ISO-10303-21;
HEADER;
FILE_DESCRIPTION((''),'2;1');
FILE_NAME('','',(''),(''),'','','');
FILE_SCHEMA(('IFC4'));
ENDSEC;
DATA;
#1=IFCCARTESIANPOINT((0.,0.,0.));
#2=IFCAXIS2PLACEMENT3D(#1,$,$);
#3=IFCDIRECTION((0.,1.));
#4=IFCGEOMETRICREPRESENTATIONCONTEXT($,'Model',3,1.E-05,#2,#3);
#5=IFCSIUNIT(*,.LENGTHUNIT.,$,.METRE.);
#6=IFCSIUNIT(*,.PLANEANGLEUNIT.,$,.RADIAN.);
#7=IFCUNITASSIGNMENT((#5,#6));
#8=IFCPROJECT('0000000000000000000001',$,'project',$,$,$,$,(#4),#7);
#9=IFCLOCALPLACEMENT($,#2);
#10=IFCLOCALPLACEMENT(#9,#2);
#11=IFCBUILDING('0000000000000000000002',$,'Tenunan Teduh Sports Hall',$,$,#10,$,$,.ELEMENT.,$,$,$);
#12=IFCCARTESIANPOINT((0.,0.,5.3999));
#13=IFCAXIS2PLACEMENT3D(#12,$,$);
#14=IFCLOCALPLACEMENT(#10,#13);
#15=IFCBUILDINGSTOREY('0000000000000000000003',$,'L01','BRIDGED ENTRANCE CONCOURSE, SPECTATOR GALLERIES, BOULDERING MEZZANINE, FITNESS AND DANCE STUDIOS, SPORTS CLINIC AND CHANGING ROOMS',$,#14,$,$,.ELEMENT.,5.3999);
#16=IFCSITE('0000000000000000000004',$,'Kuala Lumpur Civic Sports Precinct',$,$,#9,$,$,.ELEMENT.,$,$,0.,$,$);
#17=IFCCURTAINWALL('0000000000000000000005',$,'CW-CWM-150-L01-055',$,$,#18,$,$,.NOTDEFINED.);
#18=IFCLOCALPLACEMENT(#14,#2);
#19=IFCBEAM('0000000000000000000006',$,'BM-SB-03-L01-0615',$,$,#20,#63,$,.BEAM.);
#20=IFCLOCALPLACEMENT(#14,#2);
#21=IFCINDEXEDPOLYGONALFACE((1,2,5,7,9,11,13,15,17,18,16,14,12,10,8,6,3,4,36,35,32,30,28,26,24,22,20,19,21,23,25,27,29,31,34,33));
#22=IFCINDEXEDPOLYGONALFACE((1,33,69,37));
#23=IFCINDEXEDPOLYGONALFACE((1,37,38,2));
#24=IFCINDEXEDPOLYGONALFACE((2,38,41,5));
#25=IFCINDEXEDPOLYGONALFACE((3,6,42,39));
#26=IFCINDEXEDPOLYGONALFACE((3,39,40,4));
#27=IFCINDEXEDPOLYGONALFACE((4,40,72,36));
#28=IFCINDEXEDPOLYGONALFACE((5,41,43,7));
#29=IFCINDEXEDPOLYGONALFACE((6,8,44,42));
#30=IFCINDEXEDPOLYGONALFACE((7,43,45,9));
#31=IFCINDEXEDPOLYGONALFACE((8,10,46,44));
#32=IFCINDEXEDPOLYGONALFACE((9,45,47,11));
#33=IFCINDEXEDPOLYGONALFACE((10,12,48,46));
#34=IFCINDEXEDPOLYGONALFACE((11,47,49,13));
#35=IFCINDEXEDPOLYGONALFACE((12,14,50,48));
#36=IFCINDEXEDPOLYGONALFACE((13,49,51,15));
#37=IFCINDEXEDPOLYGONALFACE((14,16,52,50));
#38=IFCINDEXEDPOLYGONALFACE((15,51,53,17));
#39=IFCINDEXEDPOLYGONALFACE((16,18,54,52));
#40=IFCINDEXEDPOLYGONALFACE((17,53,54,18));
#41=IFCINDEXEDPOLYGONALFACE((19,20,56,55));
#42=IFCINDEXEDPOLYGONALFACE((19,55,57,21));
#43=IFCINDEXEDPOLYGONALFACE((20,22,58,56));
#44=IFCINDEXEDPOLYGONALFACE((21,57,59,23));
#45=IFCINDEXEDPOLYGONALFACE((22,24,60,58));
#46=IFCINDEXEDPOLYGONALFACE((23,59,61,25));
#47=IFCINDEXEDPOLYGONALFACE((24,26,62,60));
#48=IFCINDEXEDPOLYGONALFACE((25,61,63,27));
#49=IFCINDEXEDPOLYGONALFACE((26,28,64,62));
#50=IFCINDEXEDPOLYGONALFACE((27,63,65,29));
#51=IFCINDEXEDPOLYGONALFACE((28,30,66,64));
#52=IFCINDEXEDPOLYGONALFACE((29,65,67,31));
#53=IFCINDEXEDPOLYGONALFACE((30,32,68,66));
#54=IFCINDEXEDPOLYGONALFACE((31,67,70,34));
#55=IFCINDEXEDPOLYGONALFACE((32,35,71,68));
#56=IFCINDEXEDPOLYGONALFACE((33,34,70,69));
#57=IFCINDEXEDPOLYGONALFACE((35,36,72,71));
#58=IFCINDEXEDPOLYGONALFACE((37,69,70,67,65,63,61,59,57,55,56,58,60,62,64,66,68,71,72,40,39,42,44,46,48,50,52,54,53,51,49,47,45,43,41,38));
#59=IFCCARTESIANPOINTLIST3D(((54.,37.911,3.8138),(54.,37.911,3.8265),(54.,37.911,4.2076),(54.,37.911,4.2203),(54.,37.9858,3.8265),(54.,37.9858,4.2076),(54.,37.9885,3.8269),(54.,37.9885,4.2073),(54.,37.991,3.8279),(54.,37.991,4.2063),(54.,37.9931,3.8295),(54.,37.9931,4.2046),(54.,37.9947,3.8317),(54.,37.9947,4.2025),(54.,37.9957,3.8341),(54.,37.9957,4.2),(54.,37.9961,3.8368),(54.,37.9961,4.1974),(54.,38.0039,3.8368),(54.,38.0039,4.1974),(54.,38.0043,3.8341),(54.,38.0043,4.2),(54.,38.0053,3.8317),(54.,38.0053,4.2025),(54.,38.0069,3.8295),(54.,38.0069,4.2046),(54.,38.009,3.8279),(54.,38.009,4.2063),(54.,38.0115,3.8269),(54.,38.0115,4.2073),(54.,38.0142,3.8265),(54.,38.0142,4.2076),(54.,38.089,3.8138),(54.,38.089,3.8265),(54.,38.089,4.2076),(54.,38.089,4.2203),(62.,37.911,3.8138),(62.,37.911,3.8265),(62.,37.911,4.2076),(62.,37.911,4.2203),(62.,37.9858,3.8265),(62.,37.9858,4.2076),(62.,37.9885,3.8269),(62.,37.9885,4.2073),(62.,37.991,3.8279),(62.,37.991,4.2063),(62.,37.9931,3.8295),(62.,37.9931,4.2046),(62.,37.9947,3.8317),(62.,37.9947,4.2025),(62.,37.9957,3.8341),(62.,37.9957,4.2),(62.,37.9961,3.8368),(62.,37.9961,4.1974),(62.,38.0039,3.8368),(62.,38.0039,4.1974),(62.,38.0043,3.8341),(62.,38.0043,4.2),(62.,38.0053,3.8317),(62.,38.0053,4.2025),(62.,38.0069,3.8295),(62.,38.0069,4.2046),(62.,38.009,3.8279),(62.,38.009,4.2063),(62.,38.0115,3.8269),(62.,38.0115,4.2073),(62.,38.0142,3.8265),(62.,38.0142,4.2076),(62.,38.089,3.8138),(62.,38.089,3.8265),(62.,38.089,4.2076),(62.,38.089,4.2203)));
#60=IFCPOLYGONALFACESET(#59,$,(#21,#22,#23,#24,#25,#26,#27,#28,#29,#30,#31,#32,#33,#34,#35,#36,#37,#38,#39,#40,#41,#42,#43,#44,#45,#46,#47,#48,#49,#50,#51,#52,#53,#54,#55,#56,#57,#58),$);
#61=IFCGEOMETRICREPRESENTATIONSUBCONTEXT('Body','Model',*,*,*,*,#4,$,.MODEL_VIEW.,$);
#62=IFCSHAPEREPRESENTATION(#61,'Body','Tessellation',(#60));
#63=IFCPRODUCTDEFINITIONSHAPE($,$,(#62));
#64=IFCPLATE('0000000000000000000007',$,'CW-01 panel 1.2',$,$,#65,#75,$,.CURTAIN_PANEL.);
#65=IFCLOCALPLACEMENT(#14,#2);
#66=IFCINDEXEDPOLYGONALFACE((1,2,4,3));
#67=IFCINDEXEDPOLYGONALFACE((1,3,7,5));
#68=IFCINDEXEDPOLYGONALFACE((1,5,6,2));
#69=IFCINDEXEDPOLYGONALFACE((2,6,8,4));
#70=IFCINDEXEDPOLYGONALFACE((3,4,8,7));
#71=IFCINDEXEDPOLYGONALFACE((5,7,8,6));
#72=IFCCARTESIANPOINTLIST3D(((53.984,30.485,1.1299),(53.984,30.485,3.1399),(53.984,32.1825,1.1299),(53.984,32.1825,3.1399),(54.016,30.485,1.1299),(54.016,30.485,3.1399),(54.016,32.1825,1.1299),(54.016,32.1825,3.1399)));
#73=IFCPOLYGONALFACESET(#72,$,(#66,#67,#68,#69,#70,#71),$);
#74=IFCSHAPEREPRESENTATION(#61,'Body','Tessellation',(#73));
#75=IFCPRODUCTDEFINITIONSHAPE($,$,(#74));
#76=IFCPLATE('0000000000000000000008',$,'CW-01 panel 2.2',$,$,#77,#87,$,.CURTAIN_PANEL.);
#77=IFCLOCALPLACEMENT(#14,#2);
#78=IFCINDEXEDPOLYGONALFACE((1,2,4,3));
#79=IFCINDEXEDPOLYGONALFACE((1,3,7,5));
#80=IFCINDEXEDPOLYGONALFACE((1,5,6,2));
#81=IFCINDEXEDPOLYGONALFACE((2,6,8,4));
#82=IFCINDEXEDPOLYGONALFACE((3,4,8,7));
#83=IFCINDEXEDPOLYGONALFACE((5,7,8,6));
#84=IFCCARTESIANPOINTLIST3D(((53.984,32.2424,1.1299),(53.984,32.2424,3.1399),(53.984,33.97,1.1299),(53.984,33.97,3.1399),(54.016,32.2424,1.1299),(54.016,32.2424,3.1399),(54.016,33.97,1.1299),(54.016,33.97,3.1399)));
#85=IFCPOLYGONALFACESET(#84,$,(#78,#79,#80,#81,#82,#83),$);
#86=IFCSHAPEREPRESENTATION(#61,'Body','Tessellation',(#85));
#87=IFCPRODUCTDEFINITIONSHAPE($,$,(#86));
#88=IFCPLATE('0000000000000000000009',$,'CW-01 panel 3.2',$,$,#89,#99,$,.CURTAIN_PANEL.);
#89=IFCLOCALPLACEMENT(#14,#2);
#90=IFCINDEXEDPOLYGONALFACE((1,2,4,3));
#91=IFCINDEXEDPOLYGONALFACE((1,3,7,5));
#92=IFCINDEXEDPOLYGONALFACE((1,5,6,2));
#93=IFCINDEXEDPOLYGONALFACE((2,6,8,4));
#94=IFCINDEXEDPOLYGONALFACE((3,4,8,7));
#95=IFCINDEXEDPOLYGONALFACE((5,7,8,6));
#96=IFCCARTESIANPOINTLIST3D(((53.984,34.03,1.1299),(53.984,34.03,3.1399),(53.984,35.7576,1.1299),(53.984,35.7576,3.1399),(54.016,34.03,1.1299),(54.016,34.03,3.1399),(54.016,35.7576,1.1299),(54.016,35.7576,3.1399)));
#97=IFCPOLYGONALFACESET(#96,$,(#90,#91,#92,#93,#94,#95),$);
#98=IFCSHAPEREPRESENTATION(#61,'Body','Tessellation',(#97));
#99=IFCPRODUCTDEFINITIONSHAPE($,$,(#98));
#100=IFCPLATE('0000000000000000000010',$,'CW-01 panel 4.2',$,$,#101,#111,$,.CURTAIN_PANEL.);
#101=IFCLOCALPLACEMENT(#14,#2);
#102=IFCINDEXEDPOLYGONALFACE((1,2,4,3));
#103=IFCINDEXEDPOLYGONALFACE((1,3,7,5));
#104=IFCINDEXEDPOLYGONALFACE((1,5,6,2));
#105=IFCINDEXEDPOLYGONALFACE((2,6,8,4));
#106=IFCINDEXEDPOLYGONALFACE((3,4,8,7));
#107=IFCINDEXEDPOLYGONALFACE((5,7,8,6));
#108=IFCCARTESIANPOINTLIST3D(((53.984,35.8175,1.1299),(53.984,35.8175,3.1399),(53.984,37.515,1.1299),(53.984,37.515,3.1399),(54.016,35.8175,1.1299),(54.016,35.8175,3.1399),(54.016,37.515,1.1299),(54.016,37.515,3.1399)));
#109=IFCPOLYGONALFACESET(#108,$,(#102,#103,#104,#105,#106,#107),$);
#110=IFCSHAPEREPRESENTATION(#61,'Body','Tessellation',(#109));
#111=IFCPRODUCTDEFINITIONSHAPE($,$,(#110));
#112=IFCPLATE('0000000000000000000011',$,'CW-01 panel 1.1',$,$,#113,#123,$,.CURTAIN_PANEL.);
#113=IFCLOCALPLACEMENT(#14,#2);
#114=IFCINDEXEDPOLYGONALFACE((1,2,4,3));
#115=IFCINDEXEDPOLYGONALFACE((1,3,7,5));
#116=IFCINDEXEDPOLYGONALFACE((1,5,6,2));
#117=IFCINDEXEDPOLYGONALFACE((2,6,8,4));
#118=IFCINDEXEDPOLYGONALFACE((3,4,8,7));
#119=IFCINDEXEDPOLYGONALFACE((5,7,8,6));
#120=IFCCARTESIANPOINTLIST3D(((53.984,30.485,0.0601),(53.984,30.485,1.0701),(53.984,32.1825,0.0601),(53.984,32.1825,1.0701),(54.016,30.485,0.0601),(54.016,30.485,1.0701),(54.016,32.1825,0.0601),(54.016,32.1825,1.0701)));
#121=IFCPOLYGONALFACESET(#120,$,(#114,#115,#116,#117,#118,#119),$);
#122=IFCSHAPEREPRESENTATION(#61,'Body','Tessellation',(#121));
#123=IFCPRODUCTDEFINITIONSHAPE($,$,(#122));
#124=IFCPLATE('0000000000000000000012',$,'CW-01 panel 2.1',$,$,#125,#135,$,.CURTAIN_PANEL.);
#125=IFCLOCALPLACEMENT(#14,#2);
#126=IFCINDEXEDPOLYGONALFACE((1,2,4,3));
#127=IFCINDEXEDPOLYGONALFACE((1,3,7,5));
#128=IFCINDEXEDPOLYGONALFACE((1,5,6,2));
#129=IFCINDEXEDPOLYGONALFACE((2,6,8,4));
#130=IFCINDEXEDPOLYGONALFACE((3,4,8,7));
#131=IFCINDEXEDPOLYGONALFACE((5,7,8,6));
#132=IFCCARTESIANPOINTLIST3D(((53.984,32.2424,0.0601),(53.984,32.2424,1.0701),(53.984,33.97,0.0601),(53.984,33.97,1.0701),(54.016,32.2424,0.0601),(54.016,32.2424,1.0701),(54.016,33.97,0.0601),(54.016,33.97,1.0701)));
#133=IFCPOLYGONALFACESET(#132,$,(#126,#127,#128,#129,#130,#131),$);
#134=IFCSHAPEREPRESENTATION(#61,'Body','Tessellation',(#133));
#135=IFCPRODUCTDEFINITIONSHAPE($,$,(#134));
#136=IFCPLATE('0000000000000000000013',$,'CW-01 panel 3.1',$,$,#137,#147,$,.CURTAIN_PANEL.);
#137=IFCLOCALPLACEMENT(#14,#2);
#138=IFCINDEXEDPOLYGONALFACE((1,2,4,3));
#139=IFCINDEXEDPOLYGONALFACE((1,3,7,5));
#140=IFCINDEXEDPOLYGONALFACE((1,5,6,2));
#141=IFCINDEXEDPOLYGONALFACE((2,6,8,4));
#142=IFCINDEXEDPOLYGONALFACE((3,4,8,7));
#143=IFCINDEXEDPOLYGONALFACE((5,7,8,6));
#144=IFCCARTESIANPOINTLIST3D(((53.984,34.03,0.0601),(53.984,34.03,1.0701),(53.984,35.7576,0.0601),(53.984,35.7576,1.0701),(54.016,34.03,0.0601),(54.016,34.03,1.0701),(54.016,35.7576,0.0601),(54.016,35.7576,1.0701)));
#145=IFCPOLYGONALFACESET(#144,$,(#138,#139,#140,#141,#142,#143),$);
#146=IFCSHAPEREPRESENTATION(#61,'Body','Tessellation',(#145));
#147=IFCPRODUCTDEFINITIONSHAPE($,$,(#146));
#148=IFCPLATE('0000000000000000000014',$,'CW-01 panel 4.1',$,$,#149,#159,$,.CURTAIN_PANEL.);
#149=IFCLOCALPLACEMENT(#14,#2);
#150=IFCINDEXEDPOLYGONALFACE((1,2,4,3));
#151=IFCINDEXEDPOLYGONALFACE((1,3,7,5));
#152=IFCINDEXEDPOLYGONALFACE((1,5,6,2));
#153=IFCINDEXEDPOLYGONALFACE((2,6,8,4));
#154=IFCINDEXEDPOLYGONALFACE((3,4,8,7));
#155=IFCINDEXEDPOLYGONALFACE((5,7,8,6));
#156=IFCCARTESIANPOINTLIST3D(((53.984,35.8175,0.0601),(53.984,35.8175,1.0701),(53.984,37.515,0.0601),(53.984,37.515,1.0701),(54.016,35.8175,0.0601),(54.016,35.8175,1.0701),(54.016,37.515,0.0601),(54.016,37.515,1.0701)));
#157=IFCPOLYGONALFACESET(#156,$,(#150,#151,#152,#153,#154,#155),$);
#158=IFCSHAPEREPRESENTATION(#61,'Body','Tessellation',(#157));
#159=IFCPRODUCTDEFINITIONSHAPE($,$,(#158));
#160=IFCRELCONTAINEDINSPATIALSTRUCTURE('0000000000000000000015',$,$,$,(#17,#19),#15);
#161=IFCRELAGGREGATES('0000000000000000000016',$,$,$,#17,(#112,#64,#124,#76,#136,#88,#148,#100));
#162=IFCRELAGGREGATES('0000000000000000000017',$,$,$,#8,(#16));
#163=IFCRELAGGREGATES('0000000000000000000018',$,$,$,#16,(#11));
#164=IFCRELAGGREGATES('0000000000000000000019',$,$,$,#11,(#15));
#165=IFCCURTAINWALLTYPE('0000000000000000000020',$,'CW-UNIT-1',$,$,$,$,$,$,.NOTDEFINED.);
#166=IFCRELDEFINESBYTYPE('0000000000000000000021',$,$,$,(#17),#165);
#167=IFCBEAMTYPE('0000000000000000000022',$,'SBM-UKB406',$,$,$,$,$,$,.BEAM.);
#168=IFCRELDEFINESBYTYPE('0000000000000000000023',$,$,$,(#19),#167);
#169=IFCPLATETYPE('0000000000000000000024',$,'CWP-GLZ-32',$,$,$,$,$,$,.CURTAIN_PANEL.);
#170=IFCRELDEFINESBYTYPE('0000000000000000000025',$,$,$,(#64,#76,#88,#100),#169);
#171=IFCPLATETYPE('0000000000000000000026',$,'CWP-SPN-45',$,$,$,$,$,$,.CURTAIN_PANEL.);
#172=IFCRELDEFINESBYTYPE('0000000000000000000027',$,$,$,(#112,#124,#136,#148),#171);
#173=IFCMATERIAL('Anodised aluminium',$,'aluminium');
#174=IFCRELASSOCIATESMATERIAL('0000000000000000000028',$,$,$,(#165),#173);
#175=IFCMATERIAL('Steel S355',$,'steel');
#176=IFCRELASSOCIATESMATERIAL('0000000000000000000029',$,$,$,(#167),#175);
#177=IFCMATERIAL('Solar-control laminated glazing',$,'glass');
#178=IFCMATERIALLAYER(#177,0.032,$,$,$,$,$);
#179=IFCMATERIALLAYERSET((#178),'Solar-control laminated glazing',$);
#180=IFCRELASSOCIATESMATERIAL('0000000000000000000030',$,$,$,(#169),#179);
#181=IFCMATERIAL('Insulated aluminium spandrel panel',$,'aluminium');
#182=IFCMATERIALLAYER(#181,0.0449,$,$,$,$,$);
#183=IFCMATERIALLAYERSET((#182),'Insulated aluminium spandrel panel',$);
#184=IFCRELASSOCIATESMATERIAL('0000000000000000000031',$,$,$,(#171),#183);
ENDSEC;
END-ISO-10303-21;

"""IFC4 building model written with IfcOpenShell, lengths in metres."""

from ifc_helpers import new_model, si_unit, direction, frame, origin, origin_2d, place, context, subcontext, project, spatial, rectangle, i_section, extrude, material, layer, layer_set, material_profile, profile_set, type_object, element, aggregate, save


model = new_model("IFC4")

# Units and contexts
model_context = context("Model", 3, precision=1e-05, world=origin(), true_north=direction((0.0, 1.0)))
body_context = subcontext(model_context, "Body", "Model", "MODEL_VIEW")
ifc_project = project(units=[si_unit("LENGTHUNIT", "METRE"), si_unit("PLANEANGLEUNIT", "RADIAN")], contexts=[model_context])

# Site, building, storey
site_placement = place(None, origin())
site = spatial("IfcSite", under=ifc_project, at=site_placement, Name="Kuala Lumpur Civic Sports Precinct", CompositionType="ELEMENT", RefElevation=0.0)
building_placement = place(site_placement, origin())
building = spatial("IfcBuilding", under=site, at=building_placement, Name="Tenunan Teduh Sports Hall", CompositionType="ELEMENT")
storey_placement = place(building_placement, frame((0.0, 0.0, 5.3999)))
storey = spatial("IfcBuildingStorey", under=building, at=storey_placement, Name="L01", Description="BRIDGED ENTRANCE CONCOURSE, SPECTATOR GALLERIES, BOULDERING MEZZANINE, FITNESS AND DANCE STUDIOS, SPORTS CLINIC AND CHANGING ROOMS", CompositionType="ELEMENT", Elevation=5.3999)

# Curtain wall
ifc_material_1 = material(Name="Anodised aluminium", Category="aluminium")
curtain_wall_type_1 = type_object("IfcCurtainWallType", Name="CW-UNIT-1", PredefinedType="NOTDEFINED", material=ifc_material_1)
curtain_wall_1_placement = place(storey_placement, origin())
curtain_wall_1 = element("IfcCurtainWall", 1, at=curtain_wall_1_placement, inside=storey, type_object=curtain_wall_type_1, Name="CW-CWM-150-L01-055", PredefinedType="NOTDEFINED")

# Beam
ifc_material_2 = material(Name="Steel S355", Category="steel")
ifc_material_profile_1 = material_profile(ifc_material_2, i_section(OverallWidth=0.178, OverallDepth=0.4065, WebThickness=0.0078, FlangeThickness=0.0127, FilletRadius=0.0103, at=origin_2d()), Name="UKB 406x178x60")
ifc_profile_set_1 = profile_set([ifc_material_profile_1], Name="Steel S355")
beam_type_1 = type_object("IfcBeamType", Name="SBM-UKB406", PredefinedType="BEAM", material=ifc_profile_set_1)
beam_1_placement = place(storey_placement, frame((54.0, 38.0, 4.0171), z_axis=(1.0, 0.0, 0.0), x_axis=(0.0, 1.0, 0.0)))
element("IfcBeam", 2, at=beam_1_placement, inside=storey, type_object=beam_type_1, Name="BM-SB-03-L01-0615", PredefinedType="BEAM", context=body_context, shape_type="SweptSolid", body=[
    extrude(i_section(OverallWidth=0.178, OverallDepth=0.4065, WebThickness=0.0078, FlangeThickness=0.0127, FilletRadius=0.0103, at=origin_2d()), origin(), (0.0, 0.0, 1.0), 8.0),
])

# Plates
ifc_material_3 = material(Name="Solar-control laminated glazing", Category="glass")
ifc_layer_1 = layer(ifc_material_3, 0.032)
ifc_layer_set_1 = layer_set([ifc_layer_1], Name="Solar-control laminated glazing")
plate_type_1 = type_object("IfcPlateType", Name="CWP-GLZ-32", PredefinedType="CURTAIN_PANEL", material=ifc_layer_set_1)
plate_1_placement = place(storey_placement, frame((54.0, 31.3337, 1.1299), z_axis=(0.0, 0.0, 1.0), x_axis=(0.0, 1.0, 0.0)))
plate_1 = element("IfcPlate", 3, at=plate_1_placement, type_object=plate_type_1, Name="CW-01 panel 1.2", PredefinedType="CURTAIN_PANEL", context=body_context, shape_type="SweptSolid", body=[
    extrude(rectangle(XDim=1.6975, YDim=0.032, at=origin_2d()), origin(), (0.0, 0.0, 1.0), 2.01),
])
plate_2_placement = place(storey_placement, frame((54.0, 33.1062, 1.1299), z_axis=(0.0, 0.0, 1.0), x_axis=(0.0, 1.0, 0.0)))
plate_2 = element("IfcPlate", 4, at=plate_2_placement, type_object=plate_type_1, Name="CW-01 panel 2.2", PredefinedType="CURTAIN_PANEL", context=body_context, shape_type="SweptSolid", body=[
    extrude(rectangle(XDim=1.7275, YDim=0.032, at=origin_2d()), origin(), (0.0, 0.0, 1.0), 2.01),
])
plate_3_placement = place(storey_placement, frame((54.0, 34.8938, 1.1299), z_axis=(0.0, 0.0, 1.0), x_axis=(0.0, 1.0, 0.0)))
plate_3 = element("IfcPlate", 5, at=plate_3_placement, type_object=plate_type_1, Name="CW-01 panel 3.2", PredefinedType="CURTAIN_PANEL", context=body_context, shape_type="SweptSolid", body=[
    extrude(rectangle(XDim=1.7275, YDim=0.032, at=origin_2d()), origin(), (0.0, 0.0, 1.0), 2.01),
])
plate_4_placement = place(storey_placement, frame((54.0, 36.6663, 1.1299), z_axis=(0.0, 0.0, 1.0), x_axis=(0.0, 1.0, 0.0)))
plate_4 = element("IfcPlate", 6, at=plate_4_placement, type_object=plate_type_1, Name="CW-01 panel 4.2", PredefinedType="CURTAIN_PANEL", context=body_context, shape_type="SweptSolid", body=[
    extrude(rectangle(XDim=1.6975, YDim=0.032, at=origin_2d()), origin(), (0.0, 0.0, 1.0), 2.01),
])
ifc_material_4 = material(Name="Insulated aluminium spandrel panel", Category="aluminium")
ifc_layer_2 = layer(ifc_material_4, 0.0449)
ifc_layer_set_2 = layer_set([ifc_layer_2], Name="Insulated aluminium spandrel panel")
plate_type_2 = type_object("IfcPlateType", Name="CWP-SPN-45", PredefinedType="CURTAIN_PANEL", material=ifc_layer_set_2)
plate_5_placement = place(storey_placement, frame((54.0, 31.3337, 0.0601), z_axis=(0.0, 0.0, 1.0), x_axis=(0.0, 1.0, 0.0)))
plate_5 = element("IfcPlate", 7, at=plate_5_placement, type_object=plate_type_2, Name="CW-01 panel 1.1", PredefinedType="CURTAIN_PANEL", context=body_context, shape_type="SweptSolid", body=[
    extrude(rectangle(XDim=1.6975, YDim=0.032, at=origin_2d()), origin(), (0.0, 0.0, 1.0), 1.01),
])
plate_6_placement = place(storey_placement, frame((54.0, 33.1062, 0.0601), z_axis=(0.0, 0.0, 1.0), x_axis=(0.0, 1.0, 0.0)))
plate_6 = element("IfcPlate", 8, at=plate_6_placement, type_object=plate_type_2, Name="CW-01 panel 2.1", PredefinedType="CURTAIN_PANEL", context=body_context, shape_type="SweptSolid", body=[
    extrude(rectangle(XDim=1.7275, YDim=0.032, at=origin_2d()), origin(), (0.0, 0.0, 1.0), 1.01),
])
plate_7_placement = place(storey_placement, frame((54.0, 34.8938, 0.0601), z_axis=(0.0, 0.0, 1.0), x_axis=(0.0, 1.0, 0.0)))
plate_7 = element("IfcPlate", 9, at=plate_7_placement, type_object=plate_type_2, Name="CW-01 panel 3.1", PredefinedType="CURTAIN_PANEL", context=body_context, shape_type="SweptSolid", body=[
    extrude(rectangle(XDim=1.7275, YDim=0.032, at=origin_2d()), origin(), (0.0, 0.0, 1.0), 1.01),
])
plate_8_placement = place(storey_placement, frame((54.0, 36.6663, 0.0601), z_axis=(0.0, 0.0, 1.0), x_axis=(0.0, 1.0, 0.0)))
plate_8 = element("IfcPlate", 10, at=plate_8_placement, type_object=plate_type_2, Name="CW-01 panel 4.1", PredefinedType="CURTAIN_PANEL", context=body_context, shape_type="SweptSolid", body=[
    extrude(rectangle(XDim=1.6975, YDim=0.032, at=origin_2d()), origin(), (0.0, 0.0, 1.0), 1.01),
])
aggregate(curtain_wall_1, [plate_5, plate_1, plate_6, plate_2, plate_7, plate_3, plate_8, plate_4])

save(model, "model.ifc")
